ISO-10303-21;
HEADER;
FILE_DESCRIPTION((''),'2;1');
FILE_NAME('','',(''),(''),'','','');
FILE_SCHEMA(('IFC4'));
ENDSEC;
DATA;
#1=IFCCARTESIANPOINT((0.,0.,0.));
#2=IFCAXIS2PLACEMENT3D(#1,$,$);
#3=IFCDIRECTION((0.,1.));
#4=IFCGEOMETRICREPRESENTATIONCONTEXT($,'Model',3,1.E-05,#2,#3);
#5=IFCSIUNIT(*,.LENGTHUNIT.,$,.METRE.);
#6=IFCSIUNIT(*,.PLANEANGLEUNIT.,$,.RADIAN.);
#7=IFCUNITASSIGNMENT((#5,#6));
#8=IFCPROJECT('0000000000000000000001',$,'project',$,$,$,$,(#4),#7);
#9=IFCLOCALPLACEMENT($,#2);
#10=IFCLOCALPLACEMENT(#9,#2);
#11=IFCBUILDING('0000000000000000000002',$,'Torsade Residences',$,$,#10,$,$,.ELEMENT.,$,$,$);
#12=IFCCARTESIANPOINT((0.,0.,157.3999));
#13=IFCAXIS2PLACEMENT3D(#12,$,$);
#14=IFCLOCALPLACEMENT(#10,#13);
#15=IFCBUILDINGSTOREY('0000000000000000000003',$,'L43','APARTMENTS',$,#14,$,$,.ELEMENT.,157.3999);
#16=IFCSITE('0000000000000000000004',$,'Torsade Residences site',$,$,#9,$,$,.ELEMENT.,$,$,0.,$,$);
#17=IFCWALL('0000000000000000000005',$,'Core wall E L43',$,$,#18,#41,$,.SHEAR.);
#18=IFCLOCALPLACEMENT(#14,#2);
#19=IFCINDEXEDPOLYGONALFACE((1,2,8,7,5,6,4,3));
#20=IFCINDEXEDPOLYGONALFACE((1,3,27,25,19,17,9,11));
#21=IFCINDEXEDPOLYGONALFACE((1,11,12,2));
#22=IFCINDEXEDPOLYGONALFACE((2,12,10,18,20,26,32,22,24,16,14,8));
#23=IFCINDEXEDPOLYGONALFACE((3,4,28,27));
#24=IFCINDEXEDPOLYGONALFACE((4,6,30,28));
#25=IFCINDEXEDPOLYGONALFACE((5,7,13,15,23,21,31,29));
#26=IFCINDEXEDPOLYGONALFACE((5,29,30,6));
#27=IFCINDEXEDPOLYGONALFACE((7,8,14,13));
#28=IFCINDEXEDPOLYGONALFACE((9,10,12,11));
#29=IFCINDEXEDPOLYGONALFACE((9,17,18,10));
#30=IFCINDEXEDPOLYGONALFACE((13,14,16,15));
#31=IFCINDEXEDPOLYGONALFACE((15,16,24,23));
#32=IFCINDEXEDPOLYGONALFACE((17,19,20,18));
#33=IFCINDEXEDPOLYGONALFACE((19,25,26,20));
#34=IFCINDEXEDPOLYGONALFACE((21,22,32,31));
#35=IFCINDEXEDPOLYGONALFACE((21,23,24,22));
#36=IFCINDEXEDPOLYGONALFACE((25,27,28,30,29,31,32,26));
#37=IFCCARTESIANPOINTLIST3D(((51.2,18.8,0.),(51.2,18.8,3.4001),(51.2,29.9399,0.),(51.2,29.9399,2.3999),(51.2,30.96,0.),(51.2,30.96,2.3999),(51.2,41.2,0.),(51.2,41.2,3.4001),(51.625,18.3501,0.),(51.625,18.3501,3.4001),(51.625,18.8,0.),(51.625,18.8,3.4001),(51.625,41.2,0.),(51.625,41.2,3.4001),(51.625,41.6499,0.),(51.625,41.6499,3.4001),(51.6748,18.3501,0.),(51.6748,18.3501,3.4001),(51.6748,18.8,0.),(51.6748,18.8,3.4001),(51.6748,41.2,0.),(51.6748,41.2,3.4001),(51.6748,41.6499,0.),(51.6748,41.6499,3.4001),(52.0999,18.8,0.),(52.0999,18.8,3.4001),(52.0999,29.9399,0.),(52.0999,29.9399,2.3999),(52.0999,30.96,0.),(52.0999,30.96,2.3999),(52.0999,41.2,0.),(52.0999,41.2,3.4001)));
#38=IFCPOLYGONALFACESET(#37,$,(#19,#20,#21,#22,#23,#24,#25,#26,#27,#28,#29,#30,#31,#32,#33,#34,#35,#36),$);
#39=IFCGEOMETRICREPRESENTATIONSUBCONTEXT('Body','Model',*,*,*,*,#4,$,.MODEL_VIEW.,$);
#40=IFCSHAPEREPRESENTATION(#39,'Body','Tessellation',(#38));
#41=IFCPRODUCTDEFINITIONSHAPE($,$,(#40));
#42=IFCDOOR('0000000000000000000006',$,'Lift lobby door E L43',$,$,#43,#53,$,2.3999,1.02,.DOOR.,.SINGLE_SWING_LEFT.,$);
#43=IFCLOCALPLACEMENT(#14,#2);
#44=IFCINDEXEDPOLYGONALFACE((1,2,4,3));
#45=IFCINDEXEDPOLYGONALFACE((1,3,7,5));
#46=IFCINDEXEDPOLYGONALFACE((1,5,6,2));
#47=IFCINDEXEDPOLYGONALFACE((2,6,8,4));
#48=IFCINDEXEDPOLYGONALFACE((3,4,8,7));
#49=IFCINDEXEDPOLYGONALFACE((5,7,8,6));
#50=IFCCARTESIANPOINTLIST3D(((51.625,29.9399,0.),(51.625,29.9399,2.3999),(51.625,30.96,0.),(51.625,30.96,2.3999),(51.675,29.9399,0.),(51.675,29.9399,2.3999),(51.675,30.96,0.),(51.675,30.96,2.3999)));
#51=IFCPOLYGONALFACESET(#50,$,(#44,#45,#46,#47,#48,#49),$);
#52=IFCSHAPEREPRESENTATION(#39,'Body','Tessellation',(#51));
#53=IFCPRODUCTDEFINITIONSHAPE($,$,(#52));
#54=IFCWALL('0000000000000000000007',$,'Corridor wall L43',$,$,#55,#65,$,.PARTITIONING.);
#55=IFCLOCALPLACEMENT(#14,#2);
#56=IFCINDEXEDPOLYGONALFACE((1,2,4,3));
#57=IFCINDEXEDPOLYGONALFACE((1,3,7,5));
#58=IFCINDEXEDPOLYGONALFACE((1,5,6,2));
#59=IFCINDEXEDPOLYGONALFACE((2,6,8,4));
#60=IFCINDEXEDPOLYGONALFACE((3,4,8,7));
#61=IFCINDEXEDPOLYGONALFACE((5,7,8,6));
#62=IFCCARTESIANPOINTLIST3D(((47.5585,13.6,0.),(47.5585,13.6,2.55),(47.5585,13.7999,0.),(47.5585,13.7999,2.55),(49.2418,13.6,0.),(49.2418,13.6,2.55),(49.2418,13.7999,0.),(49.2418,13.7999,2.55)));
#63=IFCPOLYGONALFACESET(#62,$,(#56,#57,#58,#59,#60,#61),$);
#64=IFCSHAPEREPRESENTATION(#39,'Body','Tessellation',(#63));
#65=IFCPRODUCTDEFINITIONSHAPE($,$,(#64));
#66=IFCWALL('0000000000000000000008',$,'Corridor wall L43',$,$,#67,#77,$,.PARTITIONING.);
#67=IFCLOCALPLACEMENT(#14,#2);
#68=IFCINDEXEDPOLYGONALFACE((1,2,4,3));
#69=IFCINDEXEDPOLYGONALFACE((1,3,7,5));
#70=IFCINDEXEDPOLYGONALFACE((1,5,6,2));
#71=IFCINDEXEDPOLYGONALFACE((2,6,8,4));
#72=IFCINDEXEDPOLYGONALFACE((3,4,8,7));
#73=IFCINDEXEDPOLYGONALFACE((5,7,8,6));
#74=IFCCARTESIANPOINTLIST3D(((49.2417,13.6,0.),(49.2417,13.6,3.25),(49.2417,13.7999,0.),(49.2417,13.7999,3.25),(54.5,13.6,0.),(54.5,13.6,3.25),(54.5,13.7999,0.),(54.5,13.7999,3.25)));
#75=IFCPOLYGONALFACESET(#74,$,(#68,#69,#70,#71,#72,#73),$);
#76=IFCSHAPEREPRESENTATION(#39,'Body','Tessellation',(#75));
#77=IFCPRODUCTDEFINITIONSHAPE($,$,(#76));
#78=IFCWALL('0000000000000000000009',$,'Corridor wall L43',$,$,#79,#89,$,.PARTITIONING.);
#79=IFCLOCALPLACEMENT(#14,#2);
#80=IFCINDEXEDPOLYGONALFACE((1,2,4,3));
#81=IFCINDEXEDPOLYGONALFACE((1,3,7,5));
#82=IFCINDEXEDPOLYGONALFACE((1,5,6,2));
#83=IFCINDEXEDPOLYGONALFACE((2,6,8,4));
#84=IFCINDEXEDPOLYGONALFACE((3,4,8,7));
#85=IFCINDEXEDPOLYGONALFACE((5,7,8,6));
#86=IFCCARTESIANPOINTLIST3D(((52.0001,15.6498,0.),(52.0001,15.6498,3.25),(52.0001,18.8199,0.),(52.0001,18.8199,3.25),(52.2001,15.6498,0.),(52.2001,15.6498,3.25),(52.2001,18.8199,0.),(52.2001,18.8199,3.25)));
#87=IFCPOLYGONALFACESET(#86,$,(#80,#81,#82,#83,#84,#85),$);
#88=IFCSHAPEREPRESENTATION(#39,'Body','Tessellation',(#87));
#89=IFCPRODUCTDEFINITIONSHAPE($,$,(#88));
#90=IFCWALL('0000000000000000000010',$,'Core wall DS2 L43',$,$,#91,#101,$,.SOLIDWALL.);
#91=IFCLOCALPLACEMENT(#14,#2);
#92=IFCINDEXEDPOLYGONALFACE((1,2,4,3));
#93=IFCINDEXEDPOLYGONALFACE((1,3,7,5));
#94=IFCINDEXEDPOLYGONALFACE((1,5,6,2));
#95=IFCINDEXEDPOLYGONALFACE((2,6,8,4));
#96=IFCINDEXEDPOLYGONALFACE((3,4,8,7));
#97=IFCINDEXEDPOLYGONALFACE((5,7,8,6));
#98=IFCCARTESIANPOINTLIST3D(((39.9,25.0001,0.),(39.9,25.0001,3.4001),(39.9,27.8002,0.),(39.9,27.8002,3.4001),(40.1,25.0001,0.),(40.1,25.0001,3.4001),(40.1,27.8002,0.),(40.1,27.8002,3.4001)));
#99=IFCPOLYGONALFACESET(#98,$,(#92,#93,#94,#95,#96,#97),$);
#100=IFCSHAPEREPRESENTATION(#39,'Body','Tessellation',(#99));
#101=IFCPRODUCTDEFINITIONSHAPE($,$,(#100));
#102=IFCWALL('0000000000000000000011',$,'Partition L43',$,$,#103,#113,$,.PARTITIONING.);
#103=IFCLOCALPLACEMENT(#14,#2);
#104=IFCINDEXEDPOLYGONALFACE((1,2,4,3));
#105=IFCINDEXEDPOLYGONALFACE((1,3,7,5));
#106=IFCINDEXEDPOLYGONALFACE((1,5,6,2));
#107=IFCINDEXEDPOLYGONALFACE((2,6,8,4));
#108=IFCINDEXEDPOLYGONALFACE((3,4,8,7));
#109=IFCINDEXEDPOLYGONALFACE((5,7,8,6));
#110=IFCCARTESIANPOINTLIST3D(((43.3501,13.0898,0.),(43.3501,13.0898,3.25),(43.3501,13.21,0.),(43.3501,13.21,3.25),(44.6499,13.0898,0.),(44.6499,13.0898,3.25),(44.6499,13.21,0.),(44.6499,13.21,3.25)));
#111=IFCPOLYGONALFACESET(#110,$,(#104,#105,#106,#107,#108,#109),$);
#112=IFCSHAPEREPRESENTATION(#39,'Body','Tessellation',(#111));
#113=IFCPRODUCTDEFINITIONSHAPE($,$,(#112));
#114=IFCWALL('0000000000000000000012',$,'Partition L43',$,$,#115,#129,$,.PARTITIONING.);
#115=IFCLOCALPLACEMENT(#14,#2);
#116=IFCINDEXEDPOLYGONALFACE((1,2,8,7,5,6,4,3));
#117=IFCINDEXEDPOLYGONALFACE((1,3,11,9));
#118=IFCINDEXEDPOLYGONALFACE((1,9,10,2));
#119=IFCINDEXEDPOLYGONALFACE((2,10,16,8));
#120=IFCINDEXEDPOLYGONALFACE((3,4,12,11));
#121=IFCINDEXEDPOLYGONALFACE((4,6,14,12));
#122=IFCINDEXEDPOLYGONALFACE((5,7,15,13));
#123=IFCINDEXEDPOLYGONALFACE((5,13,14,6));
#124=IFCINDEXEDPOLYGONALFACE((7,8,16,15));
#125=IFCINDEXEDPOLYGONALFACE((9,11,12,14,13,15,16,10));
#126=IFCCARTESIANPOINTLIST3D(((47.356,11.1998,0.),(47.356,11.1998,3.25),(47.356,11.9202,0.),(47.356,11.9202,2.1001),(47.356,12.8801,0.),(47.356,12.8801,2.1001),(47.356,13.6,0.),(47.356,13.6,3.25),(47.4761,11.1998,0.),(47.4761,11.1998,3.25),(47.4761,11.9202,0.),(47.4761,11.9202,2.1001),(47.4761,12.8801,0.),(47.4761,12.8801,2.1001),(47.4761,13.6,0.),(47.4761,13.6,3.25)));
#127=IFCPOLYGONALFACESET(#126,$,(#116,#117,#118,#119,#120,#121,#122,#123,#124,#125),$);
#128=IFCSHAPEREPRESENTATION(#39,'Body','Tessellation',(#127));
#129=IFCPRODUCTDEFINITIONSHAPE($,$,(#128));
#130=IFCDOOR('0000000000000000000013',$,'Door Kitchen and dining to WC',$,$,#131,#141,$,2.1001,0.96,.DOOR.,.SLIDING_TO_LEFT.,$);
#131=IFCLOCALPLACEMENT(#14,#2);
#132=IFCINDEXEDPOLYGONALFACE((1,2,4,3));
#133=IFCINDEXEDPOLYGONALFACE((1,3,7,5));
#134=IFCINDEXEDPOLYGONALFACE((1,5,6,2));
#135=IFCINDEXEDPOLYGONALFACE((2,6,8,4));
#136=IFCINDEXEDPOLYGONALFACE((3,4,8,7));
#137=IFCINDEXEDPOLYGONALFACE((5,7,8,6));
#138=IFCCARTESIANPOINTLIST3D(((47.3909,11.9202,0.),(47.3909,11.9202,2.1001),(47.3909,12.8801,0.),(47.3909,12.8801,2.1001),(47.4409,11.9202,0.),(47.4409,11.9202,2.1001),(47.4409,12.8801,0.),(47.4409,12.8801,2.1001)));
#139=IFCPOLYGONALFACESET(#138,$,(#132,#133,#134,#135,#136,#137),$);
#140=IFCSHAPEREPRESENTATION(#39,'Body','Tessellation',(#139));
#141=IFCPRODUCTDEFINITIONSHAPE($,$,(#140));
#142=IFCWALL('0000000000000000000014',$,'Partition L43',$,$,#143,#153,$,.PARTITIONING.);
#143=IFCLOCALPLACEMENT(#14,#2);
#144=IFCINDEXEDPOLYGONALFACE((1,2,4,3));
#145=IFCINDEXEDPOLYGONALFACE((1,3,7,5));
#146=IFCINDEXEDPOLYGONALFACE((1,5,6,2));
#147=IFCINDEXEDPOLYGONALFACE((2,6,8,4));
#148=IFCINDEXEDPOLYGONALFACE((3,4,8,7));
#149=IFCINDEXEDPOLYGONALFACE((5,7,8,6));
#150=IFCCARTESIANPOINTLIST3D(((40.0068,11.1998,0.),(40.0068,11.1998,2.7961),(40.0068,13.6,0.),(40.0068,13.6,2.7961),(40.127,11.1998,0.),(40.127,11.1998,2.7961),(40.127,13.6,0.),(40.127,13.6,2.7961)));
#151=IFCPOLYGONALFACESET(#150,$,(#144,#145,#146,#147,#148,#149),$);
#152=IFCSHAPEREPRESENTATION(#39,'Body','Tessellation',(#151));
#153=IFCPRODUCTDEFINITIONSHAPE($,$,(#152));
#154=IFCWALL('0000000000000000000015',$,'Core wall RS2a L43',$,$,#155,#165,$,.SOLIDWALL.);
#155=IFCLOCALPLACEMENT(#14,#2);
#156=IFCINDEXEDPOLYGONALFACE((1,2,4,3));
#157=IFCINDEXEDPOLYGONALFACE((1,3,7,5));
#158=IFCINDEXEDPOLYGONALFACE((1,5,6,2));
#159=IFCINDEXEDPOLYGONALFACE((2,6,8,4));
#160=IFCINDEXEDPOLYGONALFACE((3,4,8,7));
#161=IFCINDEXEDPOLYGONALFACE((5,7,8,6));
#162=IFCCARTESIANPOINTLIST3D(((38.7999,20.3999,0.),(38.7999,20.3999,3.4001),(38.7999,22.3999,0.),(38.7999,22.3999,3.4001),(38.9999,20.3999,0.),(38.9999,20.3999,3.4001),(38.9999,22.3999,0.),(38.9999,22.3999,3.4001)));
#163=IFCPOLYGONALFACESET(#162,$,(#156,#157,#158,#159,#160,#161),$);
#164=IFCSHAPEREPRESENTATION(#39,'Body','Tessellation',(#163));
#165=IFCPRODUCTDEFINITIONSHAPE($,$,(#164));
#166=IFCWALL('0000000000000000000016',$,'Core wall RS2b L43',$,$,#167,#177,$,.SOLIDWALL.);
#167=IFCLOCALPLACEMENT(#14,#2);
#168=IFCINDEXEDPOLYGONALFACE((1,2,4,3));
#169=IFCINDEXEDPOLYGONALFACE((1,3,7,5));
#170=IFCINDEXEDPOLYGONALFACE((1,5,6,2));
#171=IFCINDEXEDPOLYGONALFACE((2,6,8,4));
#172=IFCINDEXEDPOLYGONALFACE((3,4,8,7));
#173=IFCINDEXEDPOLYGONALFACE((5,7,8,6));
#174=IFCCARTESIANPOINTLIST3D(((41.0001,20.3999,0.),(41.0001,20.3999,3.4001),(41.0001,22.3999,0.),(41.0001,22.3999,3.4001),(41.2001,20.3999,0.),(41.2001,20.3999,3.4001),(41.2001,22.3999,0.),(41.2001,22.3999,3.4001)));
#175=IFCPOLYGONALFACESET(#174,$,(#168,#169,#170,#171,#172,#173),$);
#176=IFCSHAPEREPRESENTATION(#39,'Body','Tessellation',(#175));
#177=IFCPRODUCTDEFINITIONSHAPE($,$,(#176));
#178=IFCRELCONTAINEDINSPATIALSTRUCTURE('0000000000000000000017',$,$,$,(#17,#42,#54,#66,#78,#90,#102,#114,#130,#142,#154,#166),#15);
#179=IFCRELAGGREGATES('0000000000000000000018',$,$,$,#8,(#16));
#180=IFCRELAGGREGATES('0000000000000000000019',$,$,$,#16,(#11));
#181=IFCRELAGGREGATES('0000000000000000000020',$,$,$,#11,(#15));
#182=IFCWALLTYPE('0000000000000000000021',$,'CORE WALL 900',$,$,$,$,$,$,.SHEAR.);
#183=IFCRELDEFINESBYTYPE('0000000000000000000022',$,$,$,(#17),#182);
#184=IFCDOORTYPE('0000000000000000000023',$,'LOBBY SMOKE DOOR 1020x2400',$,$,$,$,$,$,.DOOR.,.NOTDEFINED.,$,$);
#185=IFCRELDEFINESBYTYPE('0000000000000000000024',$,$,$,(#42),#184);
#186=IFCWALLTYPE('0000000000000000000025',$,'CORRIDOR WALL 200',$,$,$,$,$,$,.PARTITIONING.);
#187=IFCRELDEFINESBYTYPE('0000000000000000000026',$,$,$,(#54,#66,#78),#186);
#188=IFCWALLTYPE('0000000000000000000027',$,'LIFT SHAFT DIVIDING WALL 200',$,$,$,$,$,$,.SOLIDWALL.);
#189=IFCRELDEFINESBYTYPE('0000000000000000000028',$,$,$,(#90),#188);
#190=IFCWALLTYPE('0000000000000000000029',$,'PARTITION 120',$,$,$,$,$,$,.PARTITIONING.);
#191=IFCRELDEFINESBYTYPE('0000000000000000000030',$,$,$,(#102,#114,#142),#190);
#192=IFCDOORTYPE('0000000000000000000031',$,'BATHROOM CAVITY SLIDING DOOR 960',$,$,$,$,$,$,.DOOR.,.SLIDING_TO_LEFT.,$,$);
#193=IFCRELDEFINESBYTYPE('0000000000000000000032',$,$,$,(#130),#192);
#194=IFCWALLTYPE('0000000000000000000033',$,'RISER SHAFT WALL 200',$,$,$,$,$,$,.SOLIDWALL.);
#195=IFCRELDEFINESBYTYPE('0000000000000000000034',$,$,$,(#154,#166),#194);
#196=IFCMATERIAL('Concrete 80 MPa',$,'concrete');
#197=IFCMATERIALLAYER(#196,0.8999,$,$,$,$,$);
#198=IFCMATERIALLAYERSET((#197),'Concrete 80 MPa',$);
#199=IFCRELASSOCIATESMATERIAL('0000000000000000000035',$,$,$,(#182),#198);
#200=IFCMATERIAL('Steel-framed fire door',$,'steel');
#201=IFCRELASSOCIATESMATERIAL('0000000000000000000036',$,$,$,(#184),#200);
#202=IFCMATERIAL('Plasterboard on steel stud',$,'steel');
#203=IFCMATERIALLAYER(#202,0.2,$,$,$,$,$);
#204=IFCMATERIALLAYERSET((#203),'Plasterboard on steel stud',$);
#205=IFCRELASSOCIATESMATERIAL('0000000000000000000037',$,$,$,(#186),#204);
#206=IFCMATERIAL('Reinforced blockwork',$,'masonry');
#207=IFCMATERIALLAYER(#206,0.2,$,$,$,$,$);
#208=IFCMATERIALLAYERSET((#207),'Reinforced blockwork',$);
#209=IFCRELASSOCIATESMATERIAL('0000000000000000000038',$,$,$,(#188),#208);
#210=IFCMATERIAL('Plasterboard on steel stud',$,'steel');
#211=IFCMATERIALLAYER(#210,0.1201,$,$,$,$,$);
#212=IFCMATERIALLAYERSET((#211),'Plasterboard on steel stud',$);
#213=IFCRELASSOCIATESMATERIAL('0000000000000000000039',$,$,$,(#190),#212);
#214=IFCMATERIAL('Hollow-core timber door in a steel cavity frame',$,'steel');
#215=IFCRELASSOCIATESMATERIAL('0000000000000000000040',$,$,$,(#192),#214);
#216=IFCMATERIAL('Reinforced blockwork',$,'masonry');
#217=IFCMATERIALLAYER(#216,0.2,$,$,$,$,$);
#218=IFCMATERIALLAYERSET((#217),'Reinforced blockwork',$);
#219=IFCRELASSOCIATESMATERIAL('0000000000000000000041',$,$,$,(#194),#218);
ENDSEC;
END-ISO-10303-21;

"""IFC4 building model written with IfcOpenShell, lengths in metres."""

from ifc_helpers import new_model, si_unit, direction, frame, frame_2d, origin, place, context, subcontext, project, spatial, polyline, rectangle, outline, extrude, material, layer, layer_set, type_object, element, fill, save


model = new_model("IFC4")

# Units and contexts
model_context = context("Model", 3, precision=1e-05, world=origin(), true_north=direction((0.0, 1.0)))
body_context = subcontext(model_context, "Body", "Model", "MODEL_VIEW")
ifc_project = project(units=[si_unit("LENGTHUNIT", "METRE"), si_unit("PLANEANGLEUNIT", "RADIAN")], contexts=[model_context])

# Site, building, storey
site_placement = place(None, origin())
site = spatial("IfcSite", under=ifc_project, at=site_placement, Name="Torsade Residences site", CompositionType="ELEMENT", RefElevation=0.0)
building_placement = place(site_placement, origin())
building = spatial("IfcBuilding", under=site, at=building_placement, Name="Torsade Residences", CompositionType="ELEMENT")
storey_placement = place(building_placement, frame((0.0, 0.0, 157.3999)))
storey = spatial("IfcBuildingStorey", under=building, at=storey_placement, Name="L43", Description="APARTMENTS", CompositionType="ELEMENT", Elevation=157.3999)

# Shared definitions
ifc_material_1 = material(Name="Concrete 80 MPa", Category="concrete")
ifc_layer_1 = layer(ifc_material_1, 0.8999)
ifc_layer_set_1 = layer_set([ifc_layer_1], Name="Concrete 80 MPa")
wall_type_1 = type_object("IfcWallType", Name="CORE WALL 900", PredefinedType="SHEAR", material=ifc_layer_set_1)

# Wall, opening, door
wall_1_placement = place(storey_placement, frame((51.6499, 18.8, 0.0), z_axis=(0.0, 0.0, 1.0), x_axis=(0.0, 1.0, 0.0)))
wall_1 = element("IfcWall", 1, at=wall_1_placement, inside=storey, type_object=wall_type_1, Name="Core wall E L43", PredefinedType="SHEAR", context=body_context, shape_type="SweptSolid", body=[
    extrude(outline(polyline([(0.0, -0.45), (22.3999, -0.45), (22.3999, -0.0249), (22.8499, -0.0249), (22.8499, 0.0249), (22.3999, 0.0249), (22.3999, 0.45), (0.0, 0.45), (0.0, 0.0249), (-0.45, 0.0249), (-0.45, -0.0249), (0.0, -0.0249), (0.0, -0.45)])), origin(), (0.0, 0.0, 1.0), 3.4001),
])
opening_1_placement = place(wall_1_placement, frame((11.1399, 0.0, 0.0)))
opening_1 = element("IfcOpeningElement", 2, at=opening_1_placement, cuts=wall_1, PredefinedType="OPENING", context=body_context, shape_type="SweptSolid", body=[
    extrude(rectangle(XDim=1.02, YDim=2.3999, at=frame_2d((0.51, 1.2))), frame((0.0, 0.46, 0.0), z_axis=(0.0, -1.0, 0.0), x_axis=(1.0, 0.0, 0.0)), (0.0, 0.0, 1.0), 0.9199),
])
ifc_material_2 = material(Name="Steel-framed fire door", Category="steel")
door_type_1 = type_object("IfcDoorType", Name="LOBBY SMOKE DOOR 1020x2400", OperationType="NOTDEFINED", PredefinedType="DOOR", material=ifc_material_2)
door_1_placement = place(opening_1_placement, origin())
door_1 = element("IfcDoor", 3, at=door_1_placement, inside=storey, type_object=door_type_1, Name="Lift lobby door E L43", OperationType="SINGLE_SWING_LEFT", OverallHeight=2.3999, OverallWidth=1.02, PredefinedType="DOOR", context=body_context, shape_type="SweptSolid", body=[
    extrude(rectangle(XDim=1.02, YDim=2.3999, at=frame_2d((0.51, 1.2))), frame((0.0, 0.0249, 0.0), z_axis=(0.0, -1.0, 0.0), x_axis=(1.0, 0.0, 0.0)), (0.0, 0.0, 1.0), 0.05),
])
fill(opening_1, door_1)

# Walls
ifc_material_3 = material(Name="Plasterboard on steel stud", Category="steel")
ifc_layer_2 = layer(ifc_material_3, 0.2)
ifc_layer_set_2 = layer_set([ifc_layer_2], Name="Plasterboard on steel stud")
wall_type_2 = type_object("IfcWallType", Name="CORRIDOR WALL 200", PredefinedType="PARTITIONING", material=ifc_layer_set_2)
wall_2_placement = place(storey_placement, frame((47.5583, 13.7, 0.0), z_axis=(0.0, 0.0, 1.0), x_axis=(1.0, 0.0, 0.0)))
element("IfcWall", 4, at=wall_2_placement, inside=storey, type_object=wall_type_2, Name="Corridor wall L43", PredefinedType="PARTITIONING", context=body_context, shape_type="SweptSolid", body=[
    extrude(rectangle(XDim=1.6833, YDim=0.2, at=frame_2d((0.8418, 0.0))), origin(), (0.0, 0.0, 1.0), 2.55),
])
wall_3_placement = place(storey_placement, frame((49.2417, 13.7, 0.0), z_axis=(0.0, 0.0, 1.0), x_axis=(1.0, 0.0, 0.0)))
element("IfcWall", 5, at=wall_3_placement, inside=storey, type_object=wall_type_2, Name="Corridor wall L43", PredefinedType="PARTITIONING", context=body_context, shape_type="SweptSolid", body=[
    extrude(rectangle(XDim=5.2583, YDim=0.2, at=frame_2d((2.6292, 0.0))), origin(), (0.0, 0.0, 1.0), 3.25),
])
wall_4_placement = place(storey_placement, frame((52.1001, 15.6499, 0.0), z_axis=(0.0, 0.0, 1.0), x_axis=(0.0, 1.0, 0.0)))
element("IfcWall", 6, at=wall_4_placement, inside=storey, type_object=wall_type_2, Name="Corridor wall L43", PredefinedType="PARTITIONING", context=body_context, shape_type="SweptSolid", body=[
    extrude(rectangle(XDim=3.1702, YDim=0.2, at=frame_2d((1.585, 0.0))), origin(), (0.0, 0.0, 1.0), 3.25),
])
ifc_material_4 = material(Name="Reinforced blockwork", Category="masonry")
ifc_layer_3 = layer(ifc_material_4, 0.2)
ifc_layer_set_3 = layer_set([ifc_layer_3], Name="Reinforced blockwork")
wall_type_3 = type_object("IfcWallType", Name="LIFT SHAFT DIVIDING WALL 200", PredefinedType="SOLIDWALL", material=ifc_layer_set_3)
wall_5_placement = place(storey_placement, frame((40.0, 27.8, 0.0), z_axis=(0.0, 0.0, 1.0), x_axis=(0.0, -1.0, 0.0)))
element("IfcWall", 7, at=wall_5_placement, inside=storey, type_object=wall_type_3, Name="Core wall DS2 L43", PredefinedType="SOLIDWALL", context=body_context, shape_type="SweptSolid", body=[
    extrude(rectangle(XDim=2.8, YDim=0.2, at=frame_2d((1.3999, 0.0))), origin(), (0.0, 0.0, 1.0), 3.4001),
])
ifc_material_5 = material(Name="Plasterboard on steel stud", Category="steel")
ifc_layer_4 = layer(ifc_material_5, 0.1201)
ifc_layer_set_4 = layer_set([ifc_layer_4], Name="Plasterboard on steel stud")
wall_type_4 = type_object("IfcWallType", Name="PARTITION 120", PredefinedType="PARTITIONING", material=ifc_layer_set_4)
wall_6_placement = place(storey_placement, frame((44.6499, 13.1499, 0.0), z_axis=(0.0, 0.0, 1.0), x_axis=(-1.0, 0.0, 0.0)))
element("IfcWall", 8, at=wall_6_placement, inside=storey, type_object=wall_type_4, Name="Partition L43", PredefinedType="PARTITIONING", context=body_context, shape_type="SweptSolid", body=[
    extrude(rectangle(XDim=1.2998, YDim=0.1201, at=frame_2d((0.6499, 0.0))), origin(), (0.0, 0.0, 1.0), 3.25),
])

# Wall, opening, door
wall_7_placement = place(storey_placement, frame((47.416, 13.6001, 0.0), z_axis=(0.0, 0.0, 1.0), x_axis=(0.0, -1.0, 0.0)))
wall_7 = element("IfcWall", 9, at=wall_7_placement, inside=storey, type_object=wall_type_4, Name="Partition L43", PredefinedType="PARTITIONING", context=body_context, shape_type="SweptSolid", body=[
    extrude(rectangle(XDim=2.4001, YDim=0.1201, at=frame_2d((1.2002, 0.0))), origin(), (0.0, 0.0, 1.0), 3.25),
])
opening_2_placement = place(wall_7_placement, frame((0.72, 0.0, 0.0)))
opening_2 = element("IfcOpeningElement", 10, at=opening_2_placement, cuts=wall_7, PredefinedType="OPENING", context=body_context, shape_type="SweptSolid", body=[
    extrude(rectangle(XDim=0.96, YDim=2.1001, at=frame_2d((0.48, 1.05))), frame((0.0, 0.0701, 0.0), z_axis=(0.0, -1.0, 0.0), x_axis=(1.0, 0.0, 0.0)), (0.0, 0.0, 1.0), 0.1401),
])
ifc_material_6 = material(Name="Hollow-core timber door in a steel cavity frame", Category="steel")
door_type_2 = type_object("IfcDoorType", Name="BATHROOM CAVITY SLIDING DOOR 960", OperationType="SLIDING_TO_LEFT", PredefinedType="DOOR", material=ifc_material_6)
door_2_placement = place(opening_2_placement, origin())
door_2 = element("IfcDoor", 11, at=door_2_placement, inside=storey, type_object=door_type_2, Name="Door Kitchen and dining to WC", OperationType="SLIDING_TO_LEFT", OverallHeight=2.1001, OverallWidth=0.96, PredefinedType="DOOR", context=body_context, shape_type="SweptSolid", body=[
    extrude(rectangle(XDim=0.96, YDim=2.1001, at=frame_2d((0.48, 1.05))), frame((0.0, 0.0249, 0.0), z_axis=(0.0, -1.0, 0.0), x_axis=(1.0, 0.0, 0.0)), (0.0, 0.0, 1.0), 0.05),
])
fill(opening_2, door_2)

# Walls
wall_8_placement = place(storey_placement, frame((40.0669, 13.6001, 0.0), z_axis=(0.0, 0.0, 1.0), x_axis=(0.0, -1.0, 0.0)))
element("IfcWall", 12, at=wall_8_placement, inside=storey, type_object=wall_type_4, Name="Partition L43", PredefinedType="PARTITIONING", context=body_context, shape_type="SweptSolid", body=[
    extrude(rectangle(XDim=2.4001, YDim=0.1201, at=frame_2d((1.2002, 0.0))), origin(), (0.0, 0.0, 1.0), 2.7961),
])
ifc_material_7 = material(Name="Reinforced blockwork", Category="masonry")
ifc_layer_5 = layer(ifc_material_7, 0.2)
ifc_layer_set_5 = layer_set([ifc_layer_5], Name="Reinforced blockwork")
wall_type_5 = type_object("IfcWallType", Name="RISER SHAFT WALL 200", PredefinedType="SOLIDWALL", material=ifc_layer_set_5)
for number, where, z_axis, x_axis, name in (
    (13, (38.8999, 22.3999, 0.0), (0.0, 0.0, 1.0), (0.0, -1.0, 0.0), "Core wall RS2a L43"),
    (14, (41.1001, 22.3999, 0.0), (0.0, 0.0, 1.0), (0.0, -1.0, 0.0), "Core wall RS2b L43"),
):
    element("IfcWall", number, at=place(storey_placement, frame(where, z_axis=z_axis, x_axis=x_axis)), inside=storey, type_object=wall_type_5, Name=name, PredefinedType="SOLIDWALL", context=body_context, shape_type="SweptSolid", body=[
        extrude(rectangle(XDim=2.0, YDim=0.2, at=frame_2d((1.0, 0.0))), origin(), (0.0, 0.0, 1.0), 3.4001),
    ])

save(model, "model.ifc")
